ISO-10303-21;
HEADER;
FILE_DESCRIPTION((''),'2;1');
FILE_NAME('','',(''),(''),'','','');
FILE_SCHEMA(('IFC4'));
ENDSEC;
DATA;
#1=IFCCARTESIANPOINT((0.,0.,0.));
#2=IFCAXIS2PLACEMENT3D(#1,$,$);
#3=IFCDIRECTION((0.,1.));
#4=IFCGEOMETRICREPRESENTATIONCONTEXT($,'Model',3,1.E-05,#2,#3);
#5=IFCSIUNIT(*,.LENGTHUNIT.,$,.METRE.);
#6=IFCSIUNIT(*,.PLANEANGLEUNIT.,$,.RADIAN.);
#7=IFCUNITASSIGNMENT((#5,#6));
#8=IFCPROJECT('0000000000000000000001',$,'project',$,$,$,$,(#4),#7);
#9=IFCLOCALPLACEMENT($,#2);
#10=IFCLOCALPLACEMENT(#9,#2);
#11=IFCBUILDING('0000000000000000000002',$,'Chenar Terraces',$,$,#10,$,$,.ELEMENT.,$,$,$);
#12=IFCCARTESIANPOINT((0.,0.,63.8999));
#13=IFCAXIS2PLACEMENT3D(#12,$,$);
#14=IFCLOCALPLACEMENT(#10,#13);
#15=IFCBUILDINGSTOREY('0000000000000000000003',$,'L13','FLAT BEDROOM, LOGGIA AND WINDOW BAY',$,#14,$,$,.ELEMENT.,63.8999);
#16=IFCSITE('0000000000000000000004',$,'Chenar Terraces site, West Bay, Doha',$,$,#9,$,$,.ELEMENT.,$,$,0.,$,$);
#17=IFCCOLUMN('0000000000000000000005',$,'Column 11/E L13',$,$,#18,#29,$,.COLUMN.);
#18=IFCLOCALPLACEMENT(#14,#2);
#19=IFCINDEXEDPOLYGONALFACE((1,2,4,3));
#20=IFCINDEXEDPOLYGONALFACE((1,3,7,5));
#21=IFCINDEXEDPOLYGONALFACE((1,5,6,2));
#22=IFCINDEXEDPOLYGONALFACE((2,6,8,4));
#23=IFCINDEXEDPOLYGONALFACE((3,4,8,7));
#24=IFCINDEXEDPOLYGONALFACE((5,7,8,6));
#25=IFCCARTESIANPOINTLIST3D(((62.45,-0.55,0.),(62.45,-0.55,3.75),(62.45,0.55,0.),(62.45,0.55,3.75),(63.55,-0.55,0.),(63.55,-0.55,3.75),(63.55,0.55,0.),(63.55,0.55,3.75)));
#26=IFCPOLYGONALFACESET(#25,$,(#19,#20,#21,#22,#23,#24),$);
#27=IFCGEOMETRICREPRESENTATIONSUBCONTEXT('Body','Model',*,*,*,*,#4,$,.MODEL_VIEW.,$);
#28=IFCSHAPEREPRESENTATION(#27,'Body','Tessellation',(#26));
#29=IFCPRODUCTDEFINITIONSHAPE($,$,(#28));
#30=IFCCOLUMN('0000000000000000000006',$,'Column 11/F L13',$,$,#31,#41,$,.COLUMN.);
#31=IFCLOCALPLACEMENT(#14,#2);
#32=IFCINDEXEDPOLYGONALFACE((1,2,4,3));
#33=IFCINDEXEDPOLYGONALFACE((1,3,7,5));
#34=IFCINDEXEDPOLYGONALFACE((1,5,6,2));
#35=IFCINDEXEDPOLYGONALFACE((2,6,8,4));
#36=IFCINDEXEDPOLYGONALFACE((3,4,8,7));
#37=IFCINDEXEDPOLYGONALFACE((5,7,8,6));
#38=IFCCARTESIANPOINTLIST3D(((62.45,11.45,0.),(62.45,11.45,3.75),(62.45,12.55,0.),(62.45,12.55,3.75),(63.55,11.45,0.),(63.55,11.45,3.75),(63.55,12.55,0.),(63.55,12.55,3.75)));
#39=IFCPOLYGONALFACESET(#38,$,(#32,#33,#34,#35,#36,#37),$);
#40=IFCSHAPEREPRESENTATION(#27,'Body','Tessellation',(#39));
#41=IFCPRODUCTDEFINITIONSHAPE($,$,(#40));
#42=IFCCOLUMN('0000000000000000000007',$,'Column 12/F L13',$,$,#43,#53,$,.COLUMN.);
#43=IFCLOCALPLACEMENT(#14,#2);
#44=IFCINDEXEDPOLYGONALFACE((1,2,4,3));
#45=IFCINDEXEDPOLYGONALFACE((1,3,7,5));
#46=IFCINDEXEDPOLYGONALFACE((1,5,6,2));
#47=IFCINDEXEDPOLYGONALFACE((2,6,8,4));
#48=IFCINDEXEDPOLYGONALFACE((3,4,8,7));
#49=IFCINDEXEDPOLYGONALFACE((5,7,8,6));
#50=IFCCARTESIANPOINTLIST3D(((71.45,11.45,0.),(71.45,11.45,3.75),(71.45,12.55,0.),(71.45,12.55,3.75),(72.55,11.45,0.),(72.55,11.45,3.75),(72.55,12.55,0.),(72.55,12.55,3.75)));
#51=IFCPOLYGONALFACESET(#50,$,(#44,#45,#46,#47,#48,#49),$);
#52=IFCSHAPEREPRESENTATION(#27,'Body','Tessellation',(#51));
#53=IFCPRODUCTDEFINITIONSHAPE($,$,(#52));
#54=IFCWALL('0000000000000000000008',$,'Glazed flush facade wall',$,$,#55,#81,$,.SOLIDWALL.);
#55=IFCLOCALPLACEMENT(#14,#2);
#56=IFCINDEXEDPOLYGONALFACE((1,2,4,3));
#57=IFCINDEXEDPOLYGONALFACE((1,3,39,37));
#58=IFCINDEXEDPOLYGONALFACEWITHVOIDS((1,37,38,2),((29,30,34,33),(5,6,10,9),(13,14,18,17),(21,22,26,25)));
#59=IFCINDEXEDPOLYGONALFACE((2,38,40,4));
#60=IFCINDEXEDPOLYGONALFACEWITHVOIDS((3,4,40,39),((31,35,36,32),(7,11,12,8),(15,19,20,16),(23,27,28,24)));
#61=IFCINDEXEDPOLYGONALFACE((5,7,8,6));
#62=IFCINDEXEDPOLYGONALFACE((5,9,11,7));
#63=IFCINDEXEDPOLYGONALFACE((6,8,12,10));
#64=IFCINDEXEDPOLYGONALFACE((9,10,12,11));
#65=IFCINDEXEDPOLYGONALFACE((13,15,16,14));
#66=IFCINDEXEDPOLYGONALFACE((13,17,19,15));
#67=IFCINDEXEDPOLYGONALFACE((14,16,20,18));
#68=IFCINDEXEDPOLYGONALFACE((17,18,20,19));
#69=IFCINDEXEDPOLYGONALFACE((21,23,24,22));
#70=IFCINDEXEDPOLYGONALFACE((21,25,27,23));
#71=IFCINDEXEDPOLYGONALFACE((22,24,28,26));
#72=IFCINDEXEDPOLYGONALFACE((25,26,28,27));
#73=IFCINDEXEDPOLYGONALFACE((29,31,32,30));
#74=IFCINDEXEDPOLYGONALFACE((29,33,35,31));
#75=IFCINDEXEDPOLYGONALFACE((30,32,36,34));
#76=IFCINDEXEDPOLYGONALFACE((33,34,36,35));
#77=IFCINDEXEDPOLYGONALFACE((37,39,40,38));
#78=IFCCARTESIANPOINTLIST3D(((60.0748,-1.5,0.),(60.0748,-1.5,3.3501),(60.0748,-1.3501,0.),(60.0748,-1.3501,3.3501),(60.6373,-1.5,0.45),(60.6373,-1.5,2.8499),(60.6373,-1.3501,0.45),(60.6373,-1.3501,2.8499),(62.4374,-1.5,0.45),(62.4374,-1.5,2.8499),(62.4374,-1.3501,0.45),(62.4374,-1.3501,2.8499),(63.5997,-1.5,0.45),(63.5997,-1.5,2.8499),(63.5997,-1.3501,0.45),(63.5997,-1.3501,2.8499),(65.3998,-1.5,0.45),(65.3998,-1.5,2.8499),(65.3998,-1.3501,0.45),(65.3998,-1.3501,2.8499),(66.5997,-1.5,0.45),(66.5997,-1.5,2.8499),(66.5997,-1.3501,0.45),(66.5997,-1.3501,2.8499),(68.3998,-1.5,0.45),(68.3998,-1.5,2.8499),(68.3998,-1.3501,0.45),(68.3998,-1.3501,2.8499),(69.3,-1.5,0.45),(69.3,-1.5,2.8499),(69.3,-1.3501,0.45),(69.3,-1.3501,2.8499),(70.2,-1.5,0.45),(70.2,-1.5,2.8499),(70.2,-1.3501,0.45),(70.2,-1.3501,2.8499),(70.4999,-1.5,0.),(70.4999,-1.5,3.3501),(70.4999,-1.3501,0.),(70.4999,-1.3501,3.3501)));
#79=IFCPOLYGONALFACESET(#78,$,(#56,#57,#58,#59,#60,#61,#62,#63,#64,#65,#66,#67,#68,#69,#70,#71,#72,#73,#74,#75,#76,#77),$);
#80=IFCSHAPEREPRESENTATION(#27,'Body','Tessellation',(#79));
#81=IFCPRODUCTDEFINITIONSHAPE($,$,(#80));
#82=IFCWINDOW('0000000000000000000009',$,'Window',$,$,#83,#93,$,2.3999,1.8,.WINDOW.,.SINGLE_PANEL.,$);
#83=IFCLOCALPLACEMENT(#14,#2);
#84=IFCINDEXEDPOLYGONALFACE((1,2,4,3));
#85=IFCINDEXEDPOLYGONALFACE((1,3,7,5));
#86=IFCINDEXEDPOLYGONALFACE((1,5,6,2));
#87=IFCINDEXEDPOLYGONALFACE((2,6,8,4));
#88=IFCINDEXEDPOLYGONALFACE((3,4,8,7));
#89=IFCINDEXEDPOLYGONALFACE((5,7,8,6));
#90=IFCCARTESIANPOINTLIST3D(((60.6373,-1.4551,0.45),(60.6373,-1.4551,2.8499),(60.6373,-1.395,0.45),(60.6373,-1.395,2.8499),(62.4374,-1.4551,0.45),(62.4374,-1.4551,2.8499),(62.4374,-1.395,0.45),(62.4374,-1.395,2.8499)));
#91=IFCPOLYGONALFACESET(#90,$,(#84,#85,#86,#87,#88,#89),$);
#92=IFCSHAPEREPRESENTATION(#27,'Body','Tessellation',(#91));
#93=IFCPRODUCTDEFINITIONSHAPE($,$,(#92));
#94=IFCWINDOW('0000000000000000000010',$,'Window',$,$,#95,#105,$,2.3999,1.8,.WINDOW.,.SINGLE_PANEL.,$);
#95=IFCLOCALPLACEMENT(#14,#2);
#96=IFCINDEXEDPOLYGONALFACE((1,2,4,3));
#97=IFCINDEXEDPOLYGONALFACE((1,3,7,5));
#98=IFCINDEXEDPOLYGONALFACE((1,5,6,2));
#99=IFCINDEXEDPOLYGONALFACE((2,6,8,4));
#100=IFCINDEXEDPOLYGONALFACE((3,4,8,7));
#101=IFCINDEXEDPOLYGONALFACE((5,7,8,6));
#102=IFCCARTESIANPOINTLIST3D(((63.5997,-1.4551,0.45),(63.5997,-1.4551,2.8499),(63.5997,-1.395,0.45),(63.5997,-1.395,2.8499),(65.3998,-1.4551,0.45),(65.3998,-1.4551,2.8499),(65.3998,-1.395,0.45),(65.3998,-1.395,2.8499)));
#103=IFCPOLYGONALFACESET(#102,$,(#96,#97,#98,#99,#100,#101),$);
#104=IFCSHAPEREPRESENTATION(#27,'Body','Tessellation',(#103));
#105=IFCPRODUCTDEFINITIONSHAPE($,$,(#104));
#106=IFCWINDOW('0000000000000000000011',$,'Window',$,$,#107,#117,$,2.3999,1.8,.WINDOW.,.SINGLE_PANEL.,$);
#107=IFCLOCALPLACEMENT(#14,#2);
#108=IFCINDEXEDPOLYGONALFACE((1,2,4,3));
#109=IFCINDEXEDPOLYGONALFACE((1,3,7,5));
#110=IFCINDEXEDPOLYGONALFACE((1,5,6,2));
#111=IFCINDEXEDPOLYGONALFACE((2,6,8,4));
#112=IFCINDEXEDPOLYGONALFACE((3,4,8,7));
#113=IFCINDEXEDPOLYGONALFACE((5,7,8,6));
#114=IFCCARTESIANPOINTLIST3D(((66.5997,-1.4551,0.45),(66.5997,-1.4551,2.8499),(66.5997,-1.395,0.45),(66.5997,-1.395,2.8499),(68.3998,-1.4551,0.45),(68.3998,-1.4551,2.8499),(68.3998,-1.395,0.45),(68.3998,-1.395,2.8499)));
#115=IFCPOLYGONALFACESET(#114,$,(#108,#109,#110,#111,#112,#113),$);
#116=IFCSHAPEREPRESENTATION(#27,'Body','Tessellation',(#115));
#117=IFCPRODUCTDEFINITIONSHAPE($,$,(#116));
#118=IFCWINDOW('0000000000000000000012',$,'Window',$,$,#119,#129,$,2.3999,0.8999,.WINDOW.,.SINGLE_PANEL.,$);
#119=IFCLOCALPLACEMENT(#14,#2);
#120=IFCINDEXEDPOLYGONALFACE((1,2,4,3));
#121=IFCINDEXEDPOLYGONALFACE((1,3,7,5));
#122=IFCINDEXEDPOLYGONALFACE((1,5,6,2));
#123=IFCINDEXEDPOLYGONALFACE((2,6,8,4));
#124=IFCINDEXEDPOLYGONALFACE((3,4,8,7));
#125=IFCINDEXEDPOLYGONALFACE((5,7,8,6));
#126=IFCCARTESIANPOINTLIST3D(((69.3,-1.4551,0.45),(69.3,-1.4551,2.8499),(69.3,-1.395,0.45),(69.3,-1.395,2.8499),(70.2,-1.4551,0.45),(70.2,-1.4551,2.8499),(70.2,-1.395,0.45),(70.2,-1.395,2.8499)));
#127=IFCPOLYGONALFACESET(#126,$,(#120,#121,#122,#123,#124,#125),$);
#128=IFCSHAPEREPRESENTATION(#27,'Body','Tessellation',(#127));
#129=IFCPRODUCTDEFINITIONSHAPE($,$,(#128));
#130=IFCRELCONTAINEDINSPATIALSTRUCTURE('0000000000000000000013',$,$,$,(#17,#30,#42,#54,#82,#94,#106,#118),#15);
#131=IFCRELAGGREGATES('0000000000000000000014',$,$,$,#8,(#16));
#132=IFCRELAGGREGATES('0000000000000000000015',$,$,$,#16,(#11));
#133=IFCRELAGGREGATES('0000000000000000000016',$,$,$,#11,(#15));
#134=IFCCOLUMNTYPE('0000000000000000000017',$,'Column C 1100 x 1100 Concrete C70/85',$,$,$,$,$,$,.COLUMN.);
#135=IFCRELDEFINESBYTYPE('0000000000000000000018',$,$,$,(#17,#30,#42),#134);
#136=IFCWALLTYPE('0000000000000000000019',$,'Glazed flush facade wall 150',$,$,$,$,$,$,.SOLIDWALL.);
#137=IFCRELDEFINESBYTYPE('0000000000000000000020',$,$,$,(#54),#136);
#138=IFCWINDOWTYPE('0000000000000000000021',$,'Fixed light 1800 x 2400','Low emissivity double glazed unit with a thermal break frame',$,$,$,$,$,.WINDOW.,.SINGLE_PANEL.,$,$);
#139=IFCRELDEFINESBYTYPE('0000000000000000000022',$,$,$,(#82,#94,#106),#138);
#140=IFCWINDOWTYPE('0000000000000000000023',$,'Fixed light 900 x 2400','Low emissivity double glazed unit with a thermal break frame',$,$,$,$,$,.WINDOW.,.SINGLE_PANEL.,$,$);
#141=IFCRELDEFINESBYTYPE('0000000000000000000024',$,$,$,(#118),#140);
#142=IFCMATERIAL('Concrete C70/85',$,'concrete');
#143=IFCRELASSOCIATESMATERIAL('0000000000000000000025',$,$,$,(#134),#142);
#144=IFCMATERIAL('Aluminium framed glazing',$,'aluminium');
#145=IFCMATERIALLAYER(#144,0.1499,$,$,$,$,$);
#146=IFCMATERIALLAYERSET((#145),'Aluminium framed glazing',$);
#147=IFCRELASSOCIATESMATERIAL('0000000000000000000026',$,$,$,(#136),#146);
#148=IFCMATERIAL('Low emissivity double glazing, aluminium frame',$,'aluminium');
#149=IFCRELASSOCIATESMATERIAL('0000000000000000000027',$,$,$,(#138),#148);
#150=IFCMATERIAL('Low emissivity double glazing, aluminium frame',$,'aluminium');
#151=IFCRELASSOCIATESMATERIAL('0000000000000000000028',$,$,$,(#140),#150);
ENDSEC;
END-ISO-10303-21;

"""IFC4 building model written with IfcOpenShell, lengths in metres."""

from ifc_helpers import new_model, si_unit, direction, frame, frame_2d, origin, origin_2d, place, context, subcontext, project, spatial, rectangle, extrude, material, layer, layer_set, material_profile, profile_set, type_object, element, fill, save


model = new_model("IFC4")

# Units and contexts
model_context = context("Model", 3, precision=1e-05, world=origin(), true_north=direction((0.0, 1.0)))
body_context = subcontext(model_context, "Body", "Model", "MODEL_VIEW")
ifc_project = project(units=[si_unit("LENGTHUNIT", "METRE"), si_unit("PLANEANGLEUNIT", "RADIAN")], contexts=[model_context])

# Site, building, storey
site_placement = place(None, origin())
site = spatial("IfcSite", under=ifc_project, at=site_placement, Name="Chenar Terraces site, West Bay, Doha", CompositionType="ELEMENT", RefElevation=0.0)
building_placement = place(site_placement, origin())
building = spatial("IfcBuilding", under=site, at=building_placement, Name="Chenar Terraces", CompositionType="ELEMENT")
storey_placement = place(building_placement, frame((0.0, 0.0, 63.8999)))
storey = spatial("IfcBuildingStorey", under=building, at=storey_placement, Name="L13", Description="FLAT BEDROOM, LOGGIA AND WINDOW BAY", CompositionType="ELEMENT", Elevation=63.8999)

# Columns
ifc_material_1 = material(Name="Concrete C70/85", Category="concrete")
ifc_material_profile_1 = material_profile(ifc_material_1, rectangle(XDim=1.1001, YDim=1.1001, at=origin_2d()), Name="C 1100 x 1100")
ifc_profile_set_1 = profile_set([ifc_material_profile_1], Name="Concrete C70/85")
column_type = type_object("IfcColumnType", Name="Column C 1100 x 1100 Concrete C70/85", PredefinedType="COLUMN", material=ifc_profile_set_1)
for number, where, z_axis, x_axis, name in (
    (1, (63.0, 0.0, 0.0), (0.0, 0.0, 1.0), (1.0, 0.0, 0.0), "Column 11/E L13"),
    (2, (63.0, 12.0, 0.0), (0.0, 0.0, 1.0), (1.0, 0.0, 0.0), "Column 11/F L13"),
    (3, (72.0, 12.0, 0.0), (0.0, 0.0, 1.0), (1.0, 0.0, 0.0), "Column 12/F L13"),
):
    element("IfcColumn", number, at=place(storey_placement, frame(where, z_axis=z_axis, x_axis=x_axis)), inside=storey, type_object=column_type, Name=name, PredefinedType="COLUMN", context=body_context, shape_type="SweptSolid", body=[
        extrude(rectangle(XDim=1.1001, YDim=1.1001, at=origin_2d()), origin(), (0.0, 0.0, 1.0), 3.75),
    ])

# Wall, openings, windows
ifc_material_2 = material(Name="Aluminium framed glazing", Category="aluminium")
ifc_layer_1 = layer(ifc_material_2, 0.1499)
ifc_layer_set_1 = layer_set([ifc_layer_1], Name="Aluminium framed glazing")
wall_type_1 = type_object("IfcWallType", Name="Glazed flush facade wall 150", PredefinedType="SOLIDWALL", material=ifc_layer_set_1)
wall_1_placement = place(storey_placement, frame((60.075, -1.425, 0.0), z_axis=(0.0, 0.0, 1.0), x_axis=(1.0, 0.0, 0.0)))
wall_1 = element("IfcWall", 4, at=wall_1_placement, inside=storey, type_object=wall_type_1, Name="Glazed flush facade wall", PredefinedType="SOLIDWALL", context=body_context, shape_type="SweptSolid", body=[
    extrude(rectangle(XDim=10.425, YDim=0.1499, at=frame_2d((5.2124, 0.0))), origin(), (0.0, 0.0, 1.0), 3.3501),
])
opening_1_placement = place(wall_1_placement, frame((0.5625, 0.0, 0.45)))
opening_1 = element("IfcOpeningElement", 5, at=opening_1_placement, cuts=wall_1, PredefinedType="OPENING", context=body_context, shape_type="SweptSolid", body=[
    extrude(rectangle(XDim=1.8, YDim=2.3999, at=frame_2d((0.8999, 1.2))), frame((0.0, 0.085, 0.0), z_axis=(0.0, -1.0, 0.0), x_axis=(1.0, 0.0, 0.0)), (0.0, 0.0, 1.0), 0.1699),
])
opening_2_placement = place(wall_1_placement, frame((3.5249, 0.0, 0.45)))
opening_2 = element("IfcOpeningElement", 6, at=opening_2_placement, cuts=wall_1, PredefinedType="OPENING", context=body_context, shape_type="SweptSolid", body=[
    extrude(rectangle(XDim=1.8, YDim=2.3999, at=frame_2d((0.8999, 1.2))), frame((0.0, 0.085, 0.0), z_axis=(0.0, -1.0, 0.0), x_axis=(1.0, 0.0, 0.0)), (0.0, 0.0, 1.0), 0.1699),
])
opening_3_placement = place(wall_1_placement, frame((6.5249, 0.0, 0.45)))
opening_3 = element("IfcOpeningElement", 7, at=opening_3_placement, cuts=wall_1, PredefinedType="OPENING", context=body_context, shape_type="SweptSolid", body=[
    extrude(rectangle(XDim=1.8, YDim=2.3999, at=frame_2d((0.8999, 1.2))), frame((0.0, 0.085, 0.0), z_axis=(0.0, -1.0, 0.0), x_axis=(1.0, 0.0, 0.0)), (0.0, 0.0, 1.0), 0.1699),
])
opening_4_placement = place(wall_1_placement, frame((9.2251, 0.0, 0.45)))
opening_4 = element("IfcOpeningElement", 8, at=opening_4_placement, cuts=wall_1, PredefinedType="OPENING", context=body_context, shape_type="SweptSolid", body=[
    extrude(rectangle(XDim=0.8999, YDim=2.3999, at=frame_2d((0.45, 1.2))), frame((0.0, 0.085, 0.0), z_axis=(0.0, -1.0, 0.0), x_axis=(1.0, 0.0, 0.0)), (0.0, 0.0, 1.0), 0.1699),
])
ifc_material_3 = material(Name="Low emissivity double glazing, aluminium frame", Category="aluminium")
window_type_1 = type_object("IfcWindowType", Name="Fixed light 1800 x 2400", Description="Low emissivity double glazed unit with a thermal break frame", PartitioningType="SINGLE_PANEL", PredefinedType="WINDOW", material=ifc_material_3)
window_1_placement = place(opening_1_placement, origin())
window_1 = element("IfcWindow", 9, at=window_1_placement, inside=storey, type_object=window_type_1, Name="Window", OverallHeight=2.3999, OverallWidth=1.8, PartitioningType="SINGLE_PANEL", PredefinedType="WINDOW", context=body_context, shape_type="SweptSolid", body=[
    extrude(rectangle(XDim=1.8, YDim=2.3999, at=frame_2d((0.8999, 1.2))), frame((0.0, 0.03, 0.0), z_axis=(0.0, -1.0, 0.0), x_axis=(1.0, 0.0, 0.0)), (0.0, 0.0, 1.0), 0.0601),
])
fill(opening_1, window_1)
window_2_placement = place(opening_2_placement, origin())
window_2 = element("IfcWindow", 10, at=window_2_placement, inside=storey, type_object=window_type_1, Name="Window", OverallHeight=2.3999, OverallWidth=1.8, PartitioningType="SINGLE_PANEL", PredefinedType="WINDOW", context=body_context, shape_type="SweptSolid", body=[
    extrude(rectangle(XDim=1.8, YDim=2.3999, at=frame_2d((0.8999, 1.2))), frame((0.0, 0.03, 0.0), z_axis=(0.0, -1.0, 0.0), x_axis=(1.0, 0.0, 0.0)), (0.0, 0.0, 1.0), 0.0601),
])
fill(opening_2, window_2)
window_3_placement = place(opening_3_placement, origin())
window_3 = element("IfcWindow", 11, at=window_3_placement, inside=storey, type_object=window_type_1, Name="Window", OverallHeight=2.3999, OverallWidth=1.8, PartitioningType="SINGLE_PANEL", PredefinedType="WINDOW", context=body_context, shape_type="SweptSolid", body=[
    extrude(rectangle(XDim=1.8, YDim=2.3999, at=frame_2d((0.8999, 1.2))), frame((0.0, 0.03, 0.0), z_axis=(0.0, -1.0, 0.0), x_axis=(1.0, 0.0, 0.0)), (0.0, 0.0, 1.0), 0.0601),
])
fill(opening_3, window_3)
ifc_material_4 = material(Name="Low emissivity double glazing, aluminium frame", Category="aluminium")
window_type_2 = type_object("IfcWindowType", Name="Fixed light 900 x 2400", Description="Low emissivity double glazed unit with a thermal break frame", PartitioningType="SINGLE_PANEL", PredefinedType="WINDOW", material=ifc_material_4)
window_4_placement = place(opening_4_placement, origin())
window_4 = element("IfcWindow", 12, at=window_4_placement, inside=storey, type_object=window_type_2, Name="Window", OverallHeight=2.3999, OverallWidth=0.8999, PartitioningType="SINGLE_PANEL", PredefinedType="WINDOW", context=body_context, shape_type="SweptSolid", body=[
    extrude(rectangle(XDim=0.8999, YDim=2.3999, at=frame_2d((0.45, 1.2))), frame((0.0, 0.03, 0.0), z_axis=(0.0, -1.0, 0.0), x_axis=(1.0, 0.0, 0.0)), (0.0, 0.0, 1.0), 0.0601),
])
fill(opening_4, window_4)

save(model, "model.ifc")
